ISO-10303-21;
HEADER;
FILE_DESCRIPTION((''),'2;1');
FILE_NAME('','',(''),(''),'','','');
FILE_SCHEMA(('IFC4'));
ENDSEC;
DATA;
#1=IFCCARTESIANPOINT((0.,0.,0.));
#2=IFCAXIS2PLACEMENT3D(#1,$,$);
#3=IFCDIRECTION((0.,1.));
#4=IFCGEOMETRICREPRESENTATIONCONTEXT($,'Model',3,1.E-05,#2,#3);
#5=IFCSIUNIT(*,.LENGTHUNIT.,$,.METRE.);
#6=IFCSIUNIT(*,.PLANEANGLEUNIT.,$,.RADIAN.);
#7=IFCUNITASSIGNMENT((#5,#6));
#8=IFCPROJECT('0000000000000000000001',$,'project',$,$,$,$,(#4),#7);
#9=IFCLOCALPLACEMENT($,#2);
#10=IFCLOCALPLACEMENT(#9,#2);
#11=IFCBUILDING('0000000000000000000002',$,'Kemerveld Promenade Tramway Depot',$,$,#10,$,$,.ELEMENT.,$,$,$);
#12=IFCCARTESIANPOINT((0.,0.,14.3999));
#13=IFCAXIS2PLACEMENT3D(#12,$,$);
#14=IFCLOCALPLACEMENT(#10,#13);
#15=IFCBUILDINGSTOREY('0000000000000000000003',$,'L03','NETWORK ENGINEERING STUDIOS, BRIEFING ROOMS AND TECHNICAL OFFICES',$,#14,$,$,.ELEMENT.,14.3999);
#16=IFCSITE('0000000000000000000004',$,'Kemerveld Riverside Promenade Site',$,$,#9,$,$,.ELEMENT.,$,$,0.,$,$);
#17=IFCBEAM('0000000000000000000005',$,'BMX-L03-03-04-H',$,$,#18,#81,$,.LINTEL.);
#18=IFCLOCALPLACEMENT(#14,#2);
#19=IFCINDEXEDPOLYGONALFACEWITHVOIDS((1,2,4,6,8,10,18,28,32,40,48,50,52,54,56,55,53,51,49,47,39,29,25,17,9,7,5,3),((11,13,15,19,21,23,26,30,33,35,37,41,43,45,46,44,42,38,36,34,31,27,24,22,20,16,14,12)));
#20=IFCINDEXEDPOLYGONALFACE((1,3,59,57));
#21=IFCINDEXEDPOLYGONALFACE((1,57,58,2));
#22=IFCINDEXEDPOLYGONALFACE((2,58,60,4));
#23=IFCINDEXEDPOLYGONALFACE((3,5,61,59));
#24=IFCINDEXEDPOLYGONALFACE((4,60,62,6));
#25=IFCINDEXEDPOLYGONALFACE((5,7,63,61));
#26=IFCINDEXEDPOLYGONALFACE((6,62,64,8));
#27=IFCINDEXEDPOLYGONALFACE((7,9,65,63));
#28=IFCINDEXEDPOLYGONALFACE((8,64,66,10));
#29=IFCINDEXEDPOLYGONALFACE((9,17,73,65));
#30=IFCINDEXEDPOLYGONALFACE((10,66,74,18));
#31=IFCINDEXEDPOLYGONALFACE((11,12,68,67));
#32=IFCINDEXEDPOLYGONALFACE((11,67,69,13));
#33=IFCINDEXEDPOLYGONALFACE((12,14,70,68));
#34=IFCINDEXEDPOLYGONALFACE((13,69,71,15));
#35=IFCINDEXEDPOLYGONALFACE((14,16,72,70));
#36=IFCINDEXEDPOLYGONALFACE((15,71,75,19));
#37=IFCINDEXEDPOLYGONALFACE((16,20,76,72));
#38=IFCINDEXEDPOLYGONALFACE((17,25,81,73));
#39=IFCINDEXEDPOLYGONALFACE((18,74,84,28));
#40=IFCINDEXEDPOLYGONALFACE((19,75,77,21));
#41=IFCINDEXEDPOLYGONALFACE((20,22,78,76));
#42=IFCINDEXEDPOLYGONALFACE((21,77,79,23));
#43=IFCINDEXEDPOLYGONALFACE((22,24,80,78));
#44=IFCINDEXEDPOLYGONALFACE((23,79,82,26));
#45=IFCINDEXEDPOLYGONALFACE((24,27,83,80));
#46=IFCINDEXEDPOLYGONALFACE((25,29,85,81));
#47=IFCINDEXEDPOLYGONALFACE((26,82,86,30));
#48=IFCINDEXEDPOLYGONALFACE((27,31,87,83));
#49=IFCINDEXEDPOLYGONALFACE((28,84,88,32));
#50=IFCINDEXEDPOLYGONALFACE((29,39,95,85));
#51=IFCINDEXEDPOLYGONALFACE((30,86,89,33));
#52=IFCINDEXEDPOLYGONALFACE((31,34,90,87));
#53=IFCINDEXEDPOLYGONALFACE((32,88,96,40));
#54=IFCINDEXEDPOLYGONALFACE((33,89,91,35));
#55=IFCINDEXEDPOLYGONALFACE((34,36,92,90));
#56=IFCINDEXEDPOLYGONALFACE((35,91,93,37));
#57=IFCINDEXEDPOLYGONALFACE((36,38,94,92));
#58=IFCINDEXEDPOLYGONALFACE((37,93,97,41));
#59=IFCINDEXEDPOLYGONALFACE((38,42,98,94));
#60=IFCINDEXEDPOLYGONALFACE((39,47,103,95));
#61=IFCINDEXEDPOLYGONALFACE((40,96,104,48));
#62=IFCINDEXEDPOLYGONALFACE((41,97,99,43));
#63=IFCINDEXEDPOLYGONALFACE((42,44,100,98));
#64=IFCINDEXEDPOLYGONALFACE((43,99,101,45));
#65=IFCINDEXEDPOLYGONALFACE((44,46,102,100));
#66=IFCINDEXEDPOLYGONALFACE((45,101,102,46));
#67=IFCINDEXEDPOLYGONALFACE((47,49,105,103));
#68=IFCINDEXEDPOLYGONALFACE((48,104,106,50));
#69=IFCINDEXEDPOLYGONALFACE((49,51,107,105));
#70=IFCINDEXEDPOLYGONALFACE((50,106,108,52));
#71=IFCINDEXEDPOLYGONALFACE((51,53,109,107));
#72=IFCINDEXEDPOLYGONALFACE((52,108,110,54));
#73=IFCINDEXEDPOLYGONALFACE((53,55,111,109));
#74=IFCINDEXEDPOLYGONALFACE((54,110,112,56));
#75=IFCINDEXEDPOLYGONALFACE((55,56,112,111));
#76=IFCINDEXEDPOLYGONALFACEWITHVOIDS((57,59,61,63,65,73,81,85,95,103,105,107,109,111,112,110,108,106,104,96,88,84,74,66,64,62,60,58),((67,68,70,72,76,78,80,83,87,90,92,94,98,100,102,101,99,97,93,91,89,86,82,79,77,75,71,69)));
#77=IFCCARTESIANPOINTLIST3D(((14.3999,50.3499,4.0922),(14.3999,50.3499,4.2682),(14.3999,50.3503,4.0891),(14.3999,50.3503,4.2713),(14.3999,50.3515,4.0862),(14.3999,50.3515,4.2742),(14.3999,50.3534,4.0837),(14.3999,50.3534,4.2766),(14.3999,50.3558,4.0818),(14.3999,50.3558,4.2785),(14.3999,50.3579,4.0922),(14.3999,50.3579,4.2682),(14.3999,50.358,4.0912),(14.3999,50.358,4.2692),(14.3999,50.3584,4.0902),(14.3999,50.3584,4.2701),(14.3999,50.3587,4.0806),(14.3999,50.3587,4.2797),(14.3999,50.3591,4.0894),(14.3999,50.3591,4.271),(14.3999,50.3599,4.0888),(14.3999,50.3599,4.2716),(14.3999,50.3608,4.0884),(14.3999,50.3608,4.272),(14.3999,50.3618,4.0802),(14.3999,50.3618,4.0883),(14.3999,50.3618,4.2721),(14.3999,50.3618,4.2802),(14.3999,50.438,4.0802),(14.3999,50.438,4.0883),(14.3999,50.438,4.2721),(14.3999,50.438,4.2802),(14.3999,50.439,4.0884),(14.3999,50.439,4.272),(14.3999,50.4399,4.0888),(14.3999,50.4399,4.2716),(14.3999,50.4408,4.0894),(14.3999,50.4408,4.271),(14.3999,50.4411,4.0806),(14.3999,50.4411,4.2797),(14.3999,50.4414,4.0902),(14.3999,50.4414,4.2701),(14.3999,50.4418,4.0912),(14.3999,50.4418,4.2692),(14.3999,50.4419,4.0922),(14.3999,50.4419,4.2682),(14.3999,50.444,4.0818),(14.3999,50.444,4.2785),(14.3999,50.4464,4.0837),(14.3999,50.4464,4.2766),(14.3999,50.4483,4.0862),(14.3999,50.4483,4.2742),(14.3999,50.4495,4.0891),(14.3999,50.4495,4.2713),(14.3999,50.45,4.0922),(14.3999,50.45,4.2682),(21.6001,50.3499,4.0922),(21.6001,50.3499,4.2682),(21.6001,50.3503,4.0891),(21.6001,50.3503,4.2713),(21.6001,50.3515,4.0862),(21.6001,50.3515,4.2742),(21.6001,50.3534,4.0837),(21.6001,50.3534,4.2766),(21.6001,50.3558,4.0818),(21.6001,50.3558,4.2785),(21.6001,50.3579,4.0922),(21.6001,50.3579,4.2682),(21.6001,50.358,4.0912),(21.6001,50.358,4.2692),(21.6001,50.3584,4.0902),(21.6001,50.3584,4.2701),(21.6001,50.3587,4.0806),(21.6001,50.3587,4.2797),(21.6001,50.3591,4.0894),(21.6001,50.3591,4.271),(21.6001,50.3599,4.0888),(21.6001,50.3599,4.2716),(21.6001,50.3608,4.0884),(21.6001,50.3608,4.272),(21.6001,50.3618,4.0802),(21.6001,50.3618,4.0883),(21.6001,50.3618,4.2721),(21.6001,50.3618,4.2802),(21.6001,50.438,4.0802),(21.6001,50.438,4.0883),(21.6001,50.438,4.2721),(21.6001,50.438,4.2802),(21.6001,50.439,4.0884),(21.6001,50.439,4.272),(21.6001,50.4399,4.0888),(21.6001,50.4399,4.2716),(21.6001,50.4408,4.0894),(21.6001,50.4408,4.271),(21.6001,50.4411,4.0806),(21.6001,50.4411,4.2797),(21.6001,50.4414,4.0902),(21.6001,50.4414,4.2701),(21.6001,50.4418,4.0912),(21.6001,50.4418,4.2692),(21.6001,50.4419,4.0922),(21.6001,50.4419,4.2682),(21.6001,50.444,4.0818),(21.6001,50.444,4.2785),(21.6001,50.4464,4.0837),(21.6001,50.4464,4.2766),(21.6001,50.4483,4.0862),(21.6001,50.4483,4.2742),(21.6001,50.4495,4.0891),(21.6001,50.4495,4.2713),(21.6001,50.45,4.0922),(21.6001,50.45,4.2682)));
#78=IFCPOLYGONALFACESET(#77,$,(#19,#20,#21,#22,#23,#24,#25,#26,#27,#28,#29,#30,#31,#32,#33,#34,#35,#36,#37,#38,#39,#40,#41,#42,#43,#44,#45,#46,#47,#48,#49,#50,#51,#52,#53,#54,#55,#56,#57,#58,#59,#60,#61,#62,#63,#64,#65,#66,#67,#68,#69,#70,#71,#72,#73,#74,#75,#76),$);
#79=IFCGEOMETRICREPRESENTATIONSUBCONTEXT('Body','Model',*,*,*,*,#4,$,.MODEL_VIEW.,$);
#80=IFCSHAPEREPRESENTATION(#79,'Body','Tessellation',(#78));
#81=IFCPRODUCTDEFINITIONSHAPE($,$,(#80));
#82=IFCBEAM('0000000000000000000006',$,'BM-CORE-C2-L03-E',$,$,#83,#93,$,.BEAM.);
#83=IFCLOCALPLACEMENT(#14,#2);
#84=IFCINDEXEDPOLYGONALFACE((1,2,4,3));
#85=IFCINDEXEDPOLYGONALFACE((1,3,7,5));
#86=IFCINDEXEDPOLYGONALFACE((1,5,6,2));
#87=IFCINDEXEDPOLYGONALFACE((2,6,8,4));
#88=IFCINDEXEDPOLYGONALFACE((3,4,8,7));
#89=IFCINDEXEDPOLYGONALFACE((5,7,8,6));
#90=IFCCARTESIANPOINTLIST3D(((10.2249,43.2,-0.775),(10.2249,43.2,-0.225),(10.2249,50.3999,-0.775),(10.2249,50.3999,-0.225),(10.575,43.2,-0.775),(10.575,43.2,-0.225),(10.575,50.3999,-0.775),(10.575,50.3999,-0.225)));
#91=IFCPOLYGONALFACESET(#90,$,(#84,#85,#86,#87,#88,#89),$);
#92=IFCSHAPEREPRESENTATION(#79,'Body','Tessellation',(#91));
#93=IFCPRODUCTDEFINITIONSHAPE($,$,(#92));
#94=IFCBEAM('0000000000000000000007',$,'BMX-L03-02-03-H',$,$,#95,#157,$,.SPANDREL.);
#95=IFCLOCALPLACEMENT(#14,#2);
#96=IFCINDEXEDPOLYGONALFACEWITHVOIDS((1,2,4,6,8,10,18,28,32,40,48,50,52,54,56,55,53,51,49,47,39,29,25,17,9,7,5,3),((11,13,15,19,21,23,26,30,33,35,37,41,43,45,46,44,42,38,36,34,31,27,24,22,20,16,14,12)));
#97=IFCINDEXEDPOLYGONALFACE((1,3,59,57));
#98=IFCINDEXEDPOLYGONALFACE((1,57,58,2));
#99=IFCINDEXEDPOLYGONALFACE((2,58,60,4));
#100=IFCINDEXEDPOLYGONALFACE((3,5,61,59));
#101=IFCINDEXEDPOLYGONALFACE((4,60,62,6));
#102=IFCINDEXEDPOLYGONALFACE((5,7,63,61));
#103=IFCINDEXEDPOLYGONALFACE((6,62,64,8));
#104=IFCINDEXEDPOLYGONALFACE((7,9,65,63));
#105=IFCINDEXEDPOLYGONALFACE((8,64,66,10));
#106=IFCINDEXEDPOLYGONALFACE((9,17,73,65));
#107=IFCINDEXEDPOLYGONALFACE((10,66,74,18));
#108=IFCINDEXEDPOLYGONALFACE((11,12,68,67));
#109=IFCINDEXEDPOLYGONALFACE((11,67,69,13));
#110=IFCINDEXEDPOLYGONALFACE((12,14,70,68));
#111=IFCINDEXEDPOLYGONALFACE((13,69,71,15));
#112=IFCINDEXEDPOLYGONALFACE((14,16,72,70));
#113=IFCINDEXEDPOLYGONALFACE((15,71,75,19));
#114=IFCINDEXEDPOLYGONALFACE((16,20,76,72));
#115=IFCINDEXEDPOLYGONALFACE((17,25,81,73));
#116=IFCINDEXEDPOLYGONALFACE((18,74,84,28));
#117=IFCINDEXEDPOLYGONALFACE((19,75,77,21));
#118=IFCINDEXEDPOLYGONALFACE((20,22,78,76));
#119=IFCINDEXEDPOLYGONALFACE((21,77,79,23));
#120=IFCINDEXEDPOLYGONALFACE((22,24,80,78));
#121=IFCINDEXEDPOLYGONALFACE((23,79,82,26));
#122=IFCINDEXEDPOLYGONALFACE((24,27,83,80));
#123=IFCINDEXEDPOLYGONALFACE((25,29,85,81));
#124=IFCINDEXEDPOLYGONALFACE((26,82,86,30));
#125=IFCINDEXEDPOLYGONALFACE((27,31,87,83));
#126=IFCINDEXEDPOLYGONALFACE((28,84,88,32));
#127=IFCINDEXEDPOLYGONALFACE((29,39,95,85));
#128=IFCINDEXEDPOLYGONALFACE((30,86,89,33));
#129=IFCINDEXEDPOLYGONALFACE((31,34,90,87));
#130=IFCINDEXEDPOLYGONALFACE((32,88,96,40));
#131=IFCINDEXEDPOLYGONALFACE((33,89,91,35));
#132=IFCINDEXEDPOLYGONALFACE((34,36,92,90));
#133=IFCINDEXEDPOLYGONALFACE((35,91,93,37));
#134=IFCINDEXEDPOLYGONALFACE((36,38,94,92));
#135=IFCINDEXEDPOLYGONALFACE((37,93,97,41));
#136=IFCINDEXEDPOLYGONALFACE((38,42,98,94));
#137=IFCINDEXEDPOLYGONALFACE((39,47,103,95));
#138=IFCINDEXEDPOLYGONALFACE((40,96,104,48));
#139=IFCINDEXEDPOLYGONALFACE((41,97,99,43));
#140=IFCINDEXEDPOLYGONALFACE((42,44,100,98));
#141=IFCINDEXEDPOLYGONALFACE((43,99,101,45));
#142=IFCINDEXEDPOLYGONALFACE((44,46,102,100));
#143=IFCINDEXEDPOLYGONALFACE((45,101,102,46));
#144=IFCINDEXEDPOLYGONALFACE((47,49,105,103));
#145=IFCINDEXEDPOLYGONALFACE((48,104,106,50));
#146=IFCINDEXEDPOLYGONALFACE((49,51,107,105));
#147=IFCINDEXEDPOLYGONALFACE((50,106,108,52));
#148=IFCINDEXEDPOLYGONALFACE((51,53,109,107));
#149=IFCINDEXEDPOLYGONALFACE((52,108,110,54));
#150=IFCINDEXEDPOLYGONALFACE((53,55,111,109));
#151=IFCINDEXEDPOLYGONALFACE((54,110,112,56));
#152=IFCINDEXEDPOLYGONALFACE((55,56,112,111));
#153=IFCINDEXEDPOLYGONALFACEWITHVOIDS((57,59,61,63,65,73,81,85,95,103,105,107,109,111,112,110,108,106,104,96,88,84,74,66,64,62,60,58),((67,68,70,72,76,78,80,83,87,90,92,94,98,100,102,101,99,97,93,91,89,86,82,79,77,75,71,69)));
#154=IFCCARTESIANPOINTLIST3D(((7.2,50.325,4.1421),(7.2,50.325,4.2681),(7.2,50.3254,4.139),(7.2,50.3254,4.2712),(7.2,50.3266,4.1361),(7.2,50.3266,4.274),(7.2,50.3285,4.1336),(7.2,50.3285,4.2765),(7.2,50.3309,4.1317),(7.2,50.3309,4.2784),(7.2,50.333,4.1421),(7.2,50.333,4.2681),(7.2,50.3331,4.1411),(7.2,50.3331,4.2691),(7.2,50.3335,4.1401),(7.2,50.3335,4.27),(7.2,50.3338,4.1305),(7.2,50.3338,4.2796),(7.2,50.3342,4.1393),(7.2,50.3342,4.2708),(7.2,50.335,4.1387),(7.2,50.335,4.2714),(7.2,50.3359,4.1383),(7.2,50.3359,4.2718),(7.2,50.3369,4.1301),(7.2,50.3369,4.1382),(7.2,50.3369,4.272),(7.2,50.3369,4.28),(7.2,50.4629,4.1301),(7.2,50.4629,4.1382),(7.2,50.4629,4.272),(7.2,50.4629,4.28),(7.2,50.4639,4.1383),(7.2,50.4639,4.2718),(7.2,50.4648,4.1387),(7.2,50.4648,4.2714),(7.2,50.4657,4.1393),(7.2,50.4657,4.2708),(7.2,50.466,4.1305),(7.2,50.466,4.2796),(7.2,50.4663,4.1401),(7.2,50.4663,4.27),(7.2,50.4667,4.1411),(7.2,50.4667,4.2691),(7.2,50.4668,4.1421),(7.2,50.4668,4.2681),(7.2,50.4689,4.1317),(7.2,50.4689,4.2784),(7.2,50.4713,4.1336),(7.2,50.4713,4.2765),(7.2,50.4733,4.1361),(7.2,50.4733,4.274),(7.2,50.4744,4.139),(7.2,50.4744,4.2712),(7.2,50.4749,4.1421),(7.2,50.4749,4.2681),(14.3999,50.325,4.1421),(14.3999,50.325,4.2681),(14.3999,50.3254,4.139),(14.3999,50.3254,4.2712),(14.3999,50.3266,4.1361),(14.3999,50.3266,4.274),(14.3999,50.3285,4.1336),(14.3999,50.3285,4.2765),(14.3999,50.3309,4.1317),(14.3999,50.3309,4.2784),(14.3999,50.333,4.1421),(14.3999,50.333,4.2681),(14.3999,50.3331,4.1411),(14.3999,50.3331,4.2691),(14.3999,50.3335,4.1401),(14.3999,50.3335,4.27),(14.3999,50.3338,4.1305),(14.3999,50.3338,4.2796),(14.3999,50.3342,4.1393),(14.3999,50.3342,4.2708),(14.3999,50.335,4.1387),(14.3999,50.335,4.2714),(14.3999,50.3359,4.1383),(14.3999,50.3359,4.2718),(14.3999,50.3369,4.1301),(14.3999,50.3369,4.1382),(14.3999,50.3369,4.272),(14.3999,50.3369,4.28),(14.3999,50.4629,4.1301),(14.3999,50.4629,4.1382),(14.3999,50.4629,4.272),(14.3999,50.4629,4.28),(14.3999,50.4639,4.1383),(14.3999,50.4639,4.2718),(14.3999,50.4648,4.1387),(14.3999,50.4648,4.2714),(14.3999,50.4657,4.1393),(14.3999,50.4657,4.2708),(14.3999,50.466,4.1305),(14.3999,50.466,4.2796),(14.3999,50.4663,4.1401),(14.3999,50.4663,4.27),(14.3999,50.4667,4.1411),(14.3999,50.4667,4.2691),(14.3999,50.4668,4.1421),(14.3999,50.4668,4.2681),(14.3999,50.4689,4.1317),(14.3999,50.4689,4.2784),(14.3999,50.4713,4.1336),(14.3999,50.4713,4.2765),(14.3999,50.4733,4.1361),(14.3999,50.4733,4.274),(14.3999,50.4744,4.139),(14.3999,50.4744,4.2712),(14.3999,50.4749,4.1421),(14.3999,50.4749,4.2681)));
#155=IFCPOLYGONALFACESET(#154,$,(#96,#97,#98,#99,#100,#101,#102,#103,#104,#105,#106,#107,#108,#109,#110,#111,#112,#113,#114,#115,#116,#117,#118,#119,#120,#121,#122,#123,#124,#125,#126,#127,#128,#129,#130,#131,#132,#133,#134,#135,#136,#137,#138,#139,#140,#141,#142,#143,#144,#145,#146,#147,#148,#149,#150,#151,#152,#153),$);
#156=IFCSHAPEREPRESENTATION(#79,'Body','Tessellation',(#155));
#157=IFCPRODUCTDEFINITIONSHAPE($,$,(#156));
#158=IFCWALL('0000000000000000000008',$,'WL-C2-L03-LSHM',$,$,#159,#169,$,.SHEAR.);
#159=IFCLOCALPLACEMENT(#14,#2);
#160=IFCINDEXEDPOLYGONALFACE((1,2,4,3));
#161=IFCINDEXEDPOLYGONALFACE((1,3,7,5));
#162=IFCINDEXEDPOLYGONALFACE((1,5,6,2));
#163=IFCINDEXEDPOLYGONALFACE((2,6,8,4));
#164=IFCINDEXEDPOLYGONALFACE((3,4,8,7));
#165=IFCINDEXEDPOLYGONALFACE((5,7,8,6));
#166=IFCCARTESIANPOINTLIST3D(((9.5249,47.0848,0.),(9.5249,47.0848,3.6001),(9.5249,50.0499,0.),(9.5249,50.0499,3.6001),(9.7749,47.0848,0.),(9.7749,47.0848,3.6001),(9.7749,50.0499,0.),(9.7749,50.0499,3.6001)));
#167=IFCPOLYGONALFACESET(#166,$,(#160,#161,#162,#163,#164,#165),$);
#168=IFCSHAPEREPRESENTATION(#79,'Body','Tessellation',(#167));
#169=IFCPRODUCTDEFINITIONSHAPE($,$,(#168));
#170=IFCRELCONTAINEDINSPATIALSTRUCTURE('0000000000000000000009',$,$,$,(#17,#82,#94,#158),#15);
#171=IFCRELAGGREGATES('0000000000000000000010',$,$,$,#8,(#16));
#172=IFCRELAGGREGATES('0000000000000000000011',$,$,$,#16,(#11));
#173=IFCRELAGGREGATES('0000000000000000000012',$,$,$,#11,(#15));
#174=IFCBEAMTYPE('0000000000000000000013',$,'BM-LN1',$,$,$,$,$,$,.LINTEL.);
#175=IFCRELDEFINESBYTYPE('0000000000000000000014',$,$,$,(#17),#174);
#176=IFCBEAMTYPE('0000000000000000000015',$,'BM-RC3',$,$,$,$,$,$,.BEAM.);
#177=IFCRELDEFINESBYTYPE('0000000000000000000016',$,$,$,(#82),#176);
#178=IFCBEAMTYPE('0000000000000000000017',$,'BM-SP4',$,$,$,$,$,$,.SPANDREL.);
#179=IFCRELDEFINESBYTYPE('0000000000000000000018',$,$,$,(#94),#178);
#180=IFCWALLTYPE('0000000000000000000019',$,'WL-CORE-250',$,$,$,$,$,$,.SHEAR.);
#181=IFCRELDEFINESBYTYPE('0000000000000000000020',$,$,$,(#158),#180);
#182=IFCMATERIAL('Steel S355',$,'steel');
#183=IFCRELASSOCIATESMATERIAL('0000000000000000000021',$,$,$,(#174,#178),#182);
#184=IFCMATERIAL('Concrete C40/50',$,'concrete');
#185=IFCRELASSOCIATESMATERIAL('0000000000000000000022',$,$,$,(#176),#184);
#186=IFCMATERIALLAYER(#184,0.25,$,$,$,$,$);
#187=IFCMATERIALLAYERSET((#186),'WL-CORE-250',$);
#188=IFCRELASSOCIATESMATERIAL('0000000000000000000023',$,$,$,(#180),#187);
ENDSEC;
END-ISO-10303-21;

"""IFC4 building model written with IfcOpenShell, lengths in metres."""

from ifc_helpers import new_model, si_unit, direction, frame, frame_2d, origin, origin_2d, place, context, subcontext, project, spatial, rectangle, hollow_rectangle, extrude, material, layer, layer_set, material_profile, profile_set, type_object, element, save


model = new_model("IFC4")

# Units and contexts
model_context = context("Model", 3, precision=1e-05, world=origin(), true_north=direction((0.0, 1.0)))
body_context = subcontext(model_context, "Body", "Model", "MODEL_VIEW")
ifc_project = project(units=[si_unit("LENGTHUNIT", "METRE"), si_unit("PLANEANGLEUNIT", "RADIAN")], contexts=[model_context])

# Site, building, storey
site_placement = place(None, origin())
site = spatial("IfcSite", under=ifc_project, at=site_placement, Name="Kemerveld Riverside Promenade Site", CompositionType="ELEMENT", RefElevation=0.0)
building_placement = place(site_placement, origin())
building = spatial("IfcBuilding", under=site, at=building_placement, Name="Kemerveld Promenade Tramway Depot", CompositionType="ELEMENT")
storey_placement = place(building_placement, frame((0.0, 0.0, 14.3999)))
storey = spatial("IfcBuildingStorey", under=building, at=storey_placement, Name="L03", Description="NETWORK ENGINEERING STUDIOS, BRIEFING ROOMS AND TECHNICAL OFFICES", CompositionType="ELEMENT", Elevation=14.3999)

# Shared definitions
ifc_material_1 = material(Name="Steel S355", Category="steel")

# Beams
ifc_material_profile_1 = material_profile(ifc_material_1, hollow_rectangle(XDim=0.1001, YDim=0.2, WallThickness=0.0081, InnerFilletRadius=0.0039, OuterFilletRadius=0.012, at=origin_2d()), Name="200x100x8.0 RHS")
ifc_profile_set_1 = profile_set([ifc_material_profile_1], Name="Steel S355")
beam_type_1 = type_object("IfcBeamType", Name="BM-LN1", PredefinedType="LINTEL", material=ifc_profile_set_1)
beam_1_placement = place(storey_placement, frame((14.3999, 50.3999, 4.1802), z_axis=(1.0, 0.0, 0.0), x_axis=(0.0, 1.0, 0.0)))
element("IfcBeam", 1, at=beam_1_placement, inside=storey, type_object=beam_type_1, Name="BMX-L03-03-04-H", PredefinedType="LINTEL", context=body_context, shape_type="SweptSolid", body=[
    extrude(hollow_rectangle(XDim=0.1001, YDim=0.2, WallThickness=0.0081, InnerFilletRadius=0.0039, OuterFilletRadius=0.012, at=origin_2d()), origin(), (0.0, 0.0, 1.0), 7.2002),
])
ifc_material_2 = material(Name="Concrete C40/50", Category="concrete")
ifc_material_profile_2 = material_profile(ifc_material_2, rectangle(XDim=0.3501, YDim=0.55, at=origin_2d()), Name="RC-BM-350x550")
ifc_profile_set_2 = profile_set([ifc_material_profile_2], Name="Concrete C40/50")
beam_type_2 = type_object("IfcBeamType", Name="BM-RC3", PredefinedType="BEAM", material=ifc_profile_set_2)
beam_2_placement = place(storey_placement, frame((10.3999, 43.2, -0.5), z_axis=(0.0, 1.0, 0.0), x_axis=(-1.0, 0.0, 0.0)))
element("IfcBeam", 2, at=beam_2_placement, inside=storey, type_object=beam_type_2, Name="BM-CORE-C2-L03-E", PredefinedType="BEAM", context=body_context, shape_type="SweptSolid", body=[
    extrude(rectangle(XDim=0.3501, YDim=0.55, at=origin_2d()), origin(), (0.0, 0.0, 1.0), 7.2),
])
ifc_material_profile_3 = material_profile(ifc_material_1, hollow_rectangle(XDim=0.1499, YDim=0.1499, WallThickness=0.0081, InnerFilletRadius=0.0039, OuterFilletRadius=0.012, at=origin_2d()), Name="150x150x8.0 SHS")
ifc_profile_set_3 = profile_set([ifc_material_profile_3], Name="Steel S355")
beam_type_3 = type_object("IfcBeamType", Name="BM-SP4", PredefinedType="SPANDREL", material=ifc_profile_set_3)
beam_3_placement = place(storey_placement, frame((7.2, 50.3999, 4.2051), z_axis=(1.0, 0.0, 0.0), x_axis=(0.0, 1.0, 0.0)))
element("IfcBeam", 3, at=beam_3_placement, inside=storey, type_object=beam_type_3, Name="BMX-L03-02-03-H", PredefinedType="SPANDREL", context=body_context, shape_type="SweptSolid", body=[
    extrude(hollow_rectangle(XDim=0.1499, YDim=0.1499, WallThickness=0.0081, InnerFilletRadius=0.0039, OuterFilletRadius=0.012, at=origin_2d()), origin(), (0.0, 0.0, 1.0), 7.2),
])

# Wall
ifc_layer_1 = layer(ifc_material_2, 0.25)
ifc_layer_set_1 = layer_set([ifc_layer_1], Name="WL-CORE-250")
wall_type_1 = type_object("IfcWallType", Name="WL-CORE-250", PredefinedType="SHEAR", material=ifc_layer_set_1)
wall_1_placement = place(storey_placement, frame((9.6499, 47.085, 0.0), z_axis=(0.0, 0.0, 1.0), x_axis=(0.0, 1.0, 0.0)))
element("IfcWall", 4, at=wall_1_placement, inside=storey, type_object=wall_type_1, Name="WL-C2-L03-LSHM", PredefinedType="SHEAR", context=body_context, shape_type="SweptSolid", body=[
    extrude(rectangle(XDim=2.9651, YDim=0.25, at=frame_2d((1.4824, 0.0))), origin(), (0.0, 0.0, 1.0), 3.6001),
])

save(model, "model.ifc")
